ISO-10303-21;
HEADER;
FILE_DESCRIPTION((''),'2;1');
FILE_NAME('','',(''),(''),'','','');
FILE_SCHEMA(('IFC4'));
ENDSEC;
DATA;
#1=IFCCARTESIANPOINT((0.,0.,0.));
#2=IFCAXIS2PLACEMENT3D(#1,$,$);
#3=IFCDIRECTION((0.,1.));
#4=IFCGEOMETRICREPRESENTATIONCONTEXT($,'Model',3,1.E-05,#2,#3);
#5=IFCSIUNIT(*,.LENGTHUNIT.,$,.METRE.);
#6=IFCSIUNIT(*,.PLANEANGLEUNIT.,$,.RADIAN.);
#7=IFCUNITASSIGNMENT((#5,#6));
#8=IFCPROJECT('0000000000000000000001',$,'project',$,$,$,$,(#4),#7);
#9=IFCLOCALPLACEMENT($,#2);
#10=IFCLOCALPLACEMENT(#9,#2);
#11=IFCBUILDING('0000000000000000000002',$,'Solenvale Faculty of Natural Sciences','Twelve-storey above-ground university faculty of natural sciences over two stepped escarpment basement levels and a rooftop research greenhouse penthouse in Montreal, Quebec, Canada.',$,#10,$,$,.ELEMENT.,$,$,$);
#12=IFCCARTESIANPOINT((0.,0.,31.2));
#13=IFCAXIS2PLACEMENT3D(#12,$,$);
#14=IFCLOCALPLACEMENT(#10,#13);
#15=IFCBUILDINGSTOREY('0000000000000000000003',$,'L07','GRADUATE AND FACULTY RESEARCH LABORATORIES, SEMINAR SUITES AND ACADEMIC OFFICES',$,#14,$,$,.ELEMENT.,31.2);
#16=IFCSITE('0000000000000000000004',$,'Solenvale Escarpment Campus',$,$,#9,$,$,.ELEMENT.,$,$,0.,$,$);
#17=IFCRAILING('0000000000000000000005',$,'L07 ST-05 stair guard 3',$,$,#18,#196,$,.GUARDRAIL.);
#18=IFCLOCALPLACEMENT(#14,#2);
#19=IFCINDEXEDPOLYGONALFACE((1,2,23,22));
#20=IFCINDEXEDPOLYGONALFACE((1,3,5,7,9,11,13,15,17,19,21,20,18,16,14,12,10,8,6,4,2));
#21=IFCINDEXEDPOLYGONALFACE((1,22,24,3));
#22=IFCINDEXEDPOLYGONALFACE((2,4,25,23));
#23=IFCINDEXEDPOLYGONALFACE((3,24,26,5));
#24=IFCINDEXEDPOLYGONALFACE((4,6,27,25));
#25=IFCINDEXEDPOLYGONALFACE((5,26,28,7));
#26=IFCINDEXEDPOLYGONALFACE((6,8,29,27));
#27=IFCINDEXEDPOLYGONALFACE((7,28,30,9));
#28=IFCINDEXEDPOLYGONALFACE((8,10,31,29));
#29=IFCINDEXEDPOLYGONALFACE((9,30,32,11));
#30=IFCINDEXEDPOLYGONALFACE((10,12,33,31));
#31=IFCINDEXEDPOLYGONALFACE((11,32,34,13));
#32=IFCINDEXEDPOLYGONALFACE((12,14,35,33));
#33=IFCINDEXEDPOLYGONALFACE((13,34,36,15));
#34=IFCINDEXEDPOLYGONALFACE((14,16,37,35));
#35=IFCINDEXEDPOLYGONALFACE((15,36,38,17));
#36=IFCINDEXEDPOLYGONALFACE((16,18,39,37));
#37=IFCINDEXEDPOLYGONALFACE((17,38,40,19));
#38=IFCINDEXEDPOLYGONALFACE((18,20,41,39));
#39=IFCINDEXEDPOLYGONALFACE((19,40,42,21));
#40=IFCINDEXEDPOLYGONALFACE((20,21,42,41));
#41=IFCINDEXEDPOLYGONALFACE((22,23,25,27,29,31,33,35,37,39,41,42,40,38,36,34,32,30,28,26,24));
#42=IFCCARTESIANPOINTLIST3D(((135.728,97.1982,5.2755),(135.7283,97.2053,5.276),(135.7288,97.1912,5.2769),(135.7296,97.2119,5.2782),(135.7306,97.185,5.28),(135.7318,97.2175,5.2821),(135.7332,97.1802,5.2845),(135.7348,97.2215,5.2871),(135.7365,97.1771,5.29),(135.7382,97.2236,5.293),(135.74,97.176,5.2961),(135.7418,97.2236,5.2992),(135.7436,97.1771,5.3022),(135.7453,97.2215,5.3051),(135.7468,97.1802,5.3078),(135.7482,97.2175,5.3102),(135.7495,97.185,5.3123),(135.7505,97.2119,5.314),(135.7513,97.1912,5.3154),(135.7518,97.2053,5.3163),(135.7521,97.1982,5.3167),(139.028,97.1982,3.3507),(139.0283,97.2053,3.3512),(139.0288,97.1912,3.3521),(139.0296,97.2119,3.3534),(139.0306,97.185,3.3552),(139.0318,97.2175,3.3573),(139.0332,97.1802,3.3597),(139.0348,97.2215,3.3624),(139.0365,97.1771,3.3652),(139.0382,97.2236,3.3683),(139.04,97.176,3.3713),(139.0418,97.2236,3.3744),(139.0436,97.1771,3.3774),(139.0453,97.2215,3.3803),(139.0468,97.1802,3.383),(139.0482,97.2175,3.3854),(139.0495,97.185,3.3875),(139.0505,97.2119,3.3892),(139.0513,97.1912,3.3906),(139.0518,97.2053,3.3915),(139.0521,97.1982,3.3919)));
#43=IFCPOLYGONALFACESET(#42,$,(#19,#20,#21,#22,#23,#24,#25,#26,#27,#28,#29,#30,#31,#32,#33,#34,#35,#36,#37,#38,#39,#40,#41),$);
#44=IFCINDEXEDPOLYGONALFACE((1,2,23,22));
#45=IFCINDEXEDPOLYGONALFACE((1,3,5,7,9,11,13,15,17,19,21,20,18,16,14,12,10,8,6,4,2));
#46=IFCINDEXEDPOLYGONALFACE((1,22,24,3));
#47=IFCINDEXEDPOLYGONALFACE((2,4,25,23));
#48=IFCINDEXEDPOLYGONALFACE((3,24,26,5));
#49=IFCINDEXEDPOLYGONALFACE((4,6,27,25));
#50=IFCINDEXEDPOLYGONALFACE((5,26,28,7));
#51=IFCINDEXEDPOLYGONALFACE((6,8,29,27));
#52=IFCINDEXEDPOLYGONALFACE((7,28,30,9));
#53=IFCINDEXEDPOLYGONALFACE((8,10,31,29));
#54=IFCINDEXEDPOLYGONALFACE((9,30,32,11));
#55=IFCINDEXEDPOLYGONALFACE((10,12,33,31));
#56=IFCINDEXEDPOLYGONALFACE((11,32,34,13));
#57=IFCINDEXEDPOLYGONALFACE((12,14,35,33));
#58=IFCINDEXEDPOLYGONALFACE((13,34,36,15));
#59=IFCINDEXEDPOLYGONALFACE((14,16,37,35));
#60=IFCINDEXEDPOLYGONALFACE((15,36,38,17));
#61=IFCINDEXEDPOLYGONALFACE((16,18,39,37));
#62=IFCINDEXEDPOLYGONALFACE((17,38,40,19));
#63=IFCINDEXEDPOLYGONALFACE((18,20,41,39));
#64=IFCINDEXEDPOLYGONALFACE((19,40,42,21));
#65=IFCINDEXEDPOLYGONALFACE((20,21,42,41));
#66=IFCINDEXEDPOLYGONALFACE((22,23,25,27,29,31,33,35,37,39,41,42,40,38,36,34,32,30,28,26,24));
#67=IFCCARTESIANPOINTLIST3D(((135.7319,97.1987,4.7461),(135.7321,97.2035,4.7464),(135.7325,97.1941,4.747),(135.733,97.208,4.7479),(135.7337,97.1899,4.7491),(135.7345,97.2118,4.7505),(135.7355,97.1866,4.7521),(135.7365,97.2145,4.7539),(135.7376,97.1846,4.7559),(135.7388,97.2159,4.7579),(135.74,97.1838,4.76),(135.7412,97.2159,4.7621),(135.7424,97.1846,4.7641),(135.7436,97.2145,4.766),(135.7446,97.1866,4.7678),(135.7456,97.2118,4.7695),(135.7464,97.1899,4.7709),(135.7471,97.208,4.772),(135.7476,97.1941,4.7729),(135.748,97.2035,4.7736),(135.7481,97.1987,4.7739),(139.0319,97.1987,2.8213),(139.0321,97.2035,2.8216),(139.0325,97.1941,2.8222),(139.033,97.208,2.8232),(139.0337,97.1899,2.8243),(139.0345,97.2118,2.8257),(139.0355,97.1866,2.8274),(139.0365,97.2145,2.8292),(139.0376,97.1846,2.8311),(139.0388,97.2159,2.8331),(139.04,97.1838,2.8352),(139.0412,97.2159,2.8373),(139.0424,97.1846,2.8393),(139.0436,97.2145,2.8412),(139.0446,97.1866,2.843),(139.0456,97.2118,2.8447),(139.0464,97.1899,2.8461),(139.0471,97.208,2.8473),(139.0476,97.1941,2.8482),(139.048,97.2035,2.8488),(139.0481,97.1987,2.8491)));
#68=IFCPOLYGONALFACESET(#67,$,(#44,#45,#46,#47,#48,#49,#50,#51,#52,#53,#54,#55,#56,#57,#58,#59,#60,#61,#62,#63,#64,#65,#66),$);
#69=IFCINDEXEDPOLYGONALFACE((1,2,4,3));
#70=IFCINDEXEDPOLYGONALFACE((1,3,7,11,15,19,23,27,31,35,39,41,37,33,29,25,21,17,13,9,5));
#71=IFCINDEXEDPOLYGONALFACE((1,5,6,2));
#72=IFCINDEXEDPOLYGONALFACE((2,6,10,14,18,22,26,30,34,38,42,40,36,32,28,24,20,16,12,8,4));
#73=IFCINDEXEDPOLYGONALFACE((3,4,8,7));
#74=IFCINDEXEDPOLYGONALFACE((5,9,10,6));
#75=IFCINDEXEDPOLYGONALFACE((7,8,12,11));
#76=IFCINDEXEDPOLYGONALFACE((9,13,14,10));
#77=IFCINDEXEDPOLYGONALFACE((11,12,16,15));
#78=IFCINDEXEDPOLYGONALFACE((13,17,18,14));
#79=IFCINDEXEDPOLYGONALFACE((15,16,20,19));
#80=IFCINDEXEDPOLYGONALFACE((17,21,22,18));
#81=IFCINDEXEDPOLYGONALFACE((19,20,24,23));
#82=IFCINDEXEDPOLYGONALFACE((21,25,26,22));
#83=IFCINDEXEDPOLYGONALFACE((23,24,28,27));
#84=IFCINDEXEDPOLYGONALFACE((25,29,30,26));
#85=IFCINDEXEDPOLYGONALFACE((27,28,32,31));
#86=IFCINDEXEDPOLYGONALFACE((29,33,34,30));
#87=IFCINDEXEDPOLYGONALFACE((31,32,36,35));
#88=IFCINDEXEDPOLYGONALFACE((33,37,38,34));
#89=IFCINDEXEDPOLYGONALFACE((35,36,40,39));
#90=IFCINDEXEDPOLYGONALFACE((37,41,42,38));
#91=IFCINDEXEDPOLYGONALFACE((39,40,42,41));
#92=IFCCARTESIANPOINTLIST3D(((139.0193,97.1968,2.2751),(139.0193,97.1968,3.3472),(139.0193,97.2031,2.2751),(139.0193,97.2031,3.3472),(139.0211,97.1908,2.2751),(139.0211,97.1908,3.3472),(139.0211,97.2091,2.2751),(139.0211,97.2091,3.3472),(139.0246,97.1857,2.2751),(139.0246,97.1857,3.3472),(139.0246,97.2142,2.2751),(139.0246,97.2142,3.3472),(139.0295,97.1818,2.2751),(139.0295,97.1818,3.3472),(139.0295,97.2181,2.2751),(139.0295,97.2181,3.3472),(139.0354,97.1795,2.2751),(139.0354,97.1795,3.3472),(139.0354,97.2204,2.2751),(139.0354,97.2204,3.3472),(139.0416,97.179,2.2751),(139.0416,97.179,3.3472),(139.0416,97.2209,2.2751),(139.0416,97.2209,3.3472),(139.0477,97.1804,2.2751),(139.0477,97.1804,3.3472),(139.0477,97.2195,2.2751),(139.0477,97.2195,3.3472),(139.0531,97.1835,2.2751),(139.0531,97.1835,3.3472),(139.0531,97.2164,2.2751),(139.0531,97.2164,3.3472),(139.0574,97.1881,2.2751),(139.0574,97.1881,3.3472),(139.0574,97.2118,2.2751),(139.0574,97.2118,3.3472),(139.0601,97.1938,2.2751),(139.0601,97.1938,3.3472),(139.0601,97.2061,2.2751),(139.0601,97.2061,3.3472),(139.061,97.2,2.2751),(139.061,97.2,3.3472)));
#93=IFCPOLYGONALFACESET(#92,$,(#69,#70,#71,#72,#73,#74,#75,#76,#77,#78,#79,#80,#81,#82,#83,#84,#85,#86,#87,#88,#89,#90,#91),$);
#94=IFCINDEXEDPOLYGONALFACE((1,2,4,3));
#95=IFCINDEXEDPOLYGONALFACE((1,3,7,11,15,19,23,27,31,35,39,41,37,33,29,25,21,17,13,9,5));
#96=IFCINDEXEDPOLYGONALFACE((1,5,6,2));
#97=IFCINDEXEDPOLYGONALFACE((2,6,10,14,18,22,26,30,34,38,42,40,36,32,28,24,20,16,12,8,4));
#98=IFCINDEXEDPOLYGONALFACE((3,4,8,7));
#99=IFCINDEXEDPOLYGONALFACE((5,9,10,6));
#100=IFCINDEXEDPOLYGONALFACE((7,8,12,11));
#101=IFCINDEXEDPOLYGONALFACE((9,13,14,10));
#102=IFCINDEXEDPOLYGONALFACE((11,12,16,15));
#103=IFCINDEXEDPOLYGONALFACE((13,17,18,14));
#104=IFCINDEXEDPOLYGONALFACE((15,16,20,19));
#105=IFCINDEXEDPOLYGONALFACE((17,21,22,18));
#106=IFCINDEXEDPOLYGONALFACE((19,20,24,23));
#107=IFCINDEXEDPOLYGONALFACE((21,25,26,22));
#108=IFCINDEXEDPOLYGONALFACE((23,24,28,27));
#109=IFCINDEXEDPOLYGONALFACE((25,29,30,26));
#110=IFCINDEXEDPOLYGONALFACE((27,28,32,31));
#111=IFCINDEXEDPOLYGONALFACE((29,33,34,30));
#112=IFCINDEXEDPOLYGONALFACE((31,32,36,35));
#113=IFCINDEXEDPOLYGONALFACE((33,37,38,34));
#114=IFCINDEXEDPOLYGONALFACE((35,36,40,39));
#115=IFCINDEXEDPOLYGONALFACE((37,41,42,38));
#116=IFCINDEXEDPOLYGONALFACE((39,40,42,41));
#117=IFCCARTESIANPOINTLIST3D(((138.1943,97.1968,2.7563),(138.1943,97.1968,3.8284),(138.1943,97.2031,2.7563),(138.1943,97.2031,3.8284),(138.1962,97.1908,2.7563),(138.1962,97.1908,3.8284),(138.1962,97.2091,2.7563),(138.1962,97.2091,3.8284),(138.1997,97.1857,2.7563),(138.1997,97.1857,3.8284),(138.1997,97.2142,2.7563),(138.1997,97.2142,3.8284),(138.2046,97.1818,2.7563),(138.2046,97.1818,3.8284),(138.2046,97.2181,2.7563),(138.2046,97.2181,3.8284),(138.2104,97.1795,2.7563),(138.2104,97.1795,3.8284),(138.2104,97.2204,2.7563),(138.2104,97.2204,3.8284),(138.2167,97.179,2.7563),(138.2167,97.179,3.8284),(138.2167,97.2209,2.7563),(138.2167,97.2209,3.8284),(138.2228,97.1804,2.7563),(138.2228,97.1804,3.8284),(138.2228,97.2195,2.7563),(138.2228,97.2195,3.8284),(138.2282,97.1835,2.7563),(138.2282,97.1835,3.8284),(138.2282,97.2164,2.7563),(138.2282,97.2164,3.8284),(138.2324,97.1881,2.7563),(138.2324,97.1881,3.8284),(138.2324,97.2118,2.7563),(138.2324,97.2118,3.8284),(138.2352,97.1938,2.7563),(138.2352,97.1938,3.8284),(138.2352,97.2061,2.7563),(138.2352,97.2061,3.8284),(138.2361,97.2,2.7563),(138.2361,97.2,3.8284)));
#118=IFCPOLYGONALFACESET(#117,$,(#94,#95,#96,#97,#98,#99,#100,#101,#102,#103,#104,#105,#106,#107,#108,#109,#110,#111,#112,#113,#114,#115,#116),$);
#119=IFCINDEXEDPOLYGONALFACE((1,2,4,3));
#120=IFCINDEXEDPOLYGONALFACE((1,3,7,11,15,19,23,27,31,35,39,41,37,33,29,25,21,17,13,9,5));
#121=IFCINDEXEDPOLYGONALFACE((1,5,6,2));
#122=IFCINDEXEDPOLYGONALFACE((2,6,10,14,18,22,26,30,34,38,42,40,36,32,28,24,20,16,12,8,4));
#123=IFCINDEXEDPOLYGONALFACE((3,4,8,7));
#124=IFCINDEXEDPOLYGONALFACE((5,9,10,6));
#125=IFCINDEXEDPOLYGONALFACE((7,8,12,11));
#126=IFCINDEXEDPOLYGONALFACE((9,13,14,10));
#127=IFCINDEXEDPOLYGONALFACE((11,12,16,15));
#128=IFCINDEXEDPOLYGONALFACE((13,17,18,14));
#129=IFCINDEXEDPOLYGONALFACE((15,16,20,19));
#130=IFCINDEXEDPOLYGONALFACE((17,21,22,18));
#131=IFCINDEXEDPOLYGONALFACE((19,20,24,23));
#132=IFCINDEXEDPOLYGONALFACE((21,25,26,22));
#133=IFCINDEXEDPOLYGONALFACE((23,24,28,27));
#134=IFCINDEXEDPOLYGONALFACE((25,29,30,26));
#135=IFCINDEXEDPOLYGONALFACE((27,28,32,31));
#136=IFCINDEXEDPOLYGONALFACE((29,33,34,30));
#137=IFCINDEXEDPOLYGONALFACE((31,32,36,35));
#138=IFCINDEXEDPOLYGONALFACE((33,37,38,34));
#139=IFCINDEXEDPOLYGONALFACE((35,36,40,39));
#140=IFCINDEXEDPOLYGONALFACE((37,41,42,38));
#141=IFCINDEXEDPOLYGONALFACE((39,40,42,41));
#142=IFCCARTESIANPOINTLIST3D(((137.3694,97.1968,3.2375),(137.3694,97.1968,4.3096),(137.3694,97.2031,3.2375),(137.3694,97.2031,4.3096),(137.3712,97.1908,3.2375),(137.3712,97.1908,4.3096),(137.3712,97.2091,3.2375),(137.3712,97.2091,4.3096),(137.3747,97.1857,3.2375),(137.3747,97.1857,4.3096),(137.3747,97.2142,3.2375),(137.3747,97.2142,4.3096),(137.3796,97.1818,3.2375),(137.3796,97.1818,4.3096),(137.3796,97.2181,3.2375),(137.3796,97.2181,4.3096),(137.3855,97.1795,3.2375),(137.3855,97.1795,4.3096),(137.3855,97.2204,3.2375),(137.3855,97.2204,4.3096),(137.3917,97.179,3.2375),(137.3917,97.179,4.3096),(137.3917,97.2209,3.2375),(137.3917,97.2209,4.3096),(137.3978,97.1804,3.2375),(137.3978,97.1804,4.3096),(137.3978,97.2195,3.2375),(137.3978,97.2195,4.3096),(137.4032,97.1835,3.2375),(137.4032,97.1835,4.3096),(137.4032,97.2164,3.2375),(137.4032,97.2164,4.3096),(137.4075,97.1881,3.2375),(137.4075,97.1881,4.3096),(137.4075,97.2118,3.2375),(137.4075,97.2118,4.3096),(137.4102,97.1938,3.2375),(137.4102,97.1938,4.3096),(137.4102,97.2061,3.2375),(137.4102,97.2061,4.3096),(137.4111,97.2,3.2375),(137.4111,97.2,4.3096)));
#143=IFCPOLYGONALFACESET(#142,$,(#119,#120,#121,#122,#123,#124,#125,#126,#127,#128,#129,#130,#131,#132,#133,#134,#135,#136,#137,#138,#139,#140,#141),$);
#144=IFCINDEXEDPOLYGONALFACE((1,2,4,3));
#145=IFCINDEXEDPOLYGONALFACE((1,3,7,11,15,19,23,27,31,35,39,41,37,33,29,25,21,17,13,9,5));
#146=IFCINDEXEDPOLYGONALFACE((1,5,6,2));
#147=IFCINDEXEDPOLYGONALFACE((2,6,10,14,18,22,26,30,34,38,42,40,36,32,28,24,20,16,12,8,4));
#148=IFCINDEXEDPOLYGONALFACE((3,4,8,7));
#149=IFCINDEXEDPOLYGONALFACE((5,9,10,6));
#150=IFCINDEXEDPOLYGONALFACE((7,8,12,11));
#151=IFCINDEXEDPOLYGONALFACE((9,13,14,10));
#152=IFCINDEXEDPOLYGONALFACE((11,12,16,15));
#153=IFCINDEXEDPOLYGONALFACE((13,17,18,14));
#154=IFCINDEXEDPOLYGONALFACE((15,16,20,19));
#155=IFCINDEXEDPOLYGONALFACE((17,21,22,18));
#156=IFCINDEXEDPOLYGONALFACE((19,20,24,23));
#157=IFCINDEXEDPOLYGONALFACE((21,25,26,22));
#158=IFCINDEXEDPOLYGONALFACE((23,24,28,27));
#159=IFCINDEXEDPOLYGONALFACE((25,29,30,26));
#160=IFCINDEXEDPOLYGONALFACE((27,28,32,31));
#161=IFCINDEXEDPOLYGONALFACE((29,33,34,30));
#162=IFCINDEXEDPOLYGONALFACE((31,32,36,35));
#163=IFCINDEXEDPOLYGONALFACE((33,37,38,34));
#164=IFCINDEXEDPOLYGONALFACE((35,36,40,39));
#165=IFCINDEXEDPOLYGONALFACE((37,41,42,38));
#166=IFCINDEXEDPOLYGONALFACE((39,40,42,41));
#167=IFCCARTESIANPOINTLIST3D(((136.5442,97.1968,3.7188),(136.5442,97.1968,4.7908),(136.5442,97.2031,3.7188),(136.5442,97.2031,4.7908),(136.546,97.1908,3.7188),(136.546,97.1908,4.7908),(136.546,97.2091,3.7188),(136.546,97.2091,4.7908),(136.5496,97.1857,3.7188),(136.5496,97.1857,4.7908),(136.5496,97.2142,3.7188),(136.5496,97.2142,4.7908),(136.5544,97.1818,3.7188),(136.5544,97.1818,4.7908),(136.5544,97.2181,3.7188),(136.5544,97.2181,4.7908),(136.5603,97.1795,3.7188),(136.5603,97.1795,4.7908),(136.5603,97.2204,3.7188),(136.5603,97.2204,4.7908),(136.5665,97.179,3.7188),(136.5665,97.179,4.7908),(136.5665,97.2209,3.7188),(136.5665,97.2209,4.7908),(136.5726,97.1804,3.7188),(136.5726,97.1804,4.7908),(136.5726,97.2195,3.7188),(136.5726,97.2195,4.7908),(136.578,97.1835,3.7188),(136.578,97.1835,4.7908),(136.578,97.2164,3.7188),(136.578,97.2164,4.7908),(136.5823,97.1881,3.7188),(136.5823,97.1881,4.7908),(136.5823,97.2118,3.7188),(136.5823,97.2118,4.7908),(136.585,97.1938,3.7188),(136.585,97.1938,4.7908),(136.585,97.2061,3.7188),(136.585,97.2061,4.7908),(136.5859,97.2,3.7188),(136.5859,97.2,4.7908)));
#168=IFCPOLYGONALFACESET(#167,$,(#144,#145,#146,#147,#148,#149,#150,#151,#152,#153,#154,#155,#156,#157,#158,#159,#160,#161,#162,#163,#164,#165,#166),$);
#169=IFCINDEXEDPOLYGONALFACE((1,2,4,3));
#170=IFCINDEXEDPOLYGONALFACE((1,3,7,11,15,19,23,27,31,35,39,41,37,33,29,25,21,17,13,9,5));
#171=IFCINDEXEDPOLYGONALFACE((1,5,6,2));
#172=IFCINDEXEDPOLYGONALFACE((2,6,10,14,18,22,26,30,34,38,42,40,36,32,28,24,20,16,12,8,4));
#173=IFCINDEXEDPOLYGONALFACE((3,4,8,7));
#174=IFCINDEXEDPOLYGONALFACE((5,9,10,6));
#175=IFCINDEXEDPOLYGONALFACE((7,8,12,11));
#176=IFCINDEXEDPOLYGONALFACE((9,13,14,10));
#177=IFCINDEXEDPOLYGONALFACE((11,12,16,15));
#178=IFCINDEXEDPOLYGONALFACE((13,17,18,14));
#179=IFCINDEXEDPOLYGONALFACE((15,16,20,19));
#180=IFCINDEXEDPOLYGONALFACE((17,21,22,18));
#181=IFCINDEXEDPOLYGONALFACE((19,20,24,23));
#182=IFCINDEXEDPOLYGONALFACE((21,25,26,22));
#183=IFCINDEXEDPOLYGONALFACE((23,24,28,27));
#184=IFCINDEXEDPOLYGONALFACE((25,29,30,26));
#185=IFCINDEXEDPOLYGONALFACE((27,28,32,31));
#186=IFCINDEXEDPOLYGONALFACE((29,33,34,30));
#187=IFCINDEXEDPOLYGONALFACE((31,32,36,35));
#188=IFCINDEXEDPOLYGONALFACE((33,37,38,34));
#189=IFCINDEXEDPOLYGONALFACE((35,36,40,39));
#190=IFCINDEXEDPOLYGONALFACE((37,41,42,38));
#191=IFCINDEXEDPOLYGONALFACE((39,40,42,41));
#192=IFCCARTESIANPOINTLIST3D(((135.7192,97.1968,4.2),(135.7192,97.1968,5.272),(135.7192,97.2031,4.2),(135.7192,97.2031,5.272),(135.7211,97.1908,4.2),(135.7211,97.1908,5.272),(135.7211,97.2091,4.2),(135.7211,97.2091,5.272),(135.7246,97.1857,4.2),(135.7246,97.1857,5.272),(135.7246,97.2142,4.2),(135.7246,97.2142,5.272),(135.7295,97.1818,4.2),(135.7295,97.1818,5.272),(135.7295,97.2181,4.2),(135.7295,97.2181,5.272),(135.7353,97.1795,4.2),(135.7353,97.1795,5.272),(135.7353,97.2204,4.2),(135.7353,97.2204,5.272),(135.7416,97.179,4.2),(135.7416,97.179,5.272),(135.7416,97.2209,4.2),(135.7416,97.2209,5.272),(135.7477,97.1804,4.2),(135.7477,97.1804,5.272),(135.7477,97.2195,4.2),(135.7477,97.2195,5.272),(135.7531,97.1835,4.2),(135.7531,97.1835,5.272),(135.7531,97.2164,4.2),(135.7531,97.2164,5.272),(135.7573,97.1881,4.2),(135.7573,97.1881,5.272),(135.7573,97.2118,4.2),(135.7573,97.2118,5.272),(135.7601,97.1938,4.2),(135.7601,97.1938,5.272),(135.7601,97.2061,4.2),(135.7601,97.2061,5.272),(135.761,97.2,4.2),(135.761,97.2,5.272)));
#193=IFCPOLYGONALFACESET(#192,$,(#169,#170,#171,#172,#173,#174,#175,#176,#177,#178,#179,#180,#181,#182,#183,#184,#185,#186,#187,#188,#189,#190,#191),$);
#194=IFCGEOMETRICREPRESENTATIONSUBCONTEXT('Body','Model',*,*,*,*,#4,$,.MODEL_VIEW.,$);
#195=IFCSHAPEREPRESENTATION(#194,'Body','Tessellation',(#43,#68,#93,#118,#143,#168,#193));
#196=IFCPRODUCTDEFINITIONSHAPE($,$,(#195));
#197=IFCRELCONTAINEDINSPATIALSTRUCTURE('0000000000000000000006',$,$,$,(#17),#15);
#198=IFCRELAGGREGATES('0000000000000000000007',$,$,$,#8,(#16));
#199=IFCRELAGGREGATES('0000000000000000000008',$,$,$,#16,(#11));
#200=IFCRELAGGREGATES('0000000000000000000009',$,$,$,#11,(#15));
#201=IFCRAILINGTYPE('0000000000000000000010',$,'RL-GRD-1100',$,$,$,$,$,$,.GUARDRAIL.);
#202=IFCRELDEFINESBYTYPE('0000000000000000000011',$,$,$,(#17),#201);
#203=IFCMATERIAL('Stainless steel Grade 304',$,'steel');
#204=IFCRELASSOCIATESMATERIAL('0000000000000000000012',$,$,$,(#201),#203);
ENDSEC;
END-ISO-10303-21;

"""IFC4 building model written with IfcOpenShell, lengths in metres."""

from ifc_helpers import new_model, si_unit, direction, frame, origin, origin_2d, place, context, subcontext, project, spatial, circle, extrude, material, type_object, element, save


model = new_model("IFC4")

# Units and contexts
model_context = context("Model", 3, precision=1e-05, world=origin(), true_north=direction((0.0, 1.0)))
body_context = subcontext(model_context, "Body", "Model", "MODEL_VIEW")
ifc_project = project(units=[si_unit("LENGTHUNIT", "METRE"), si_unit("PLANEANGLEUNIT", "RADIAN")], contexts=[model_context])

# Site, building, storey
site_placement = place(None, origin())
site = spatial("IfcSite", under=ifc_project, at=site_placement, Name="Solenvale Escarpment Campus", CompositionType="ELEMENT", RefElevation=0.0)
building_placement = place(site_placement, origin())
building = spatial("IfcBuilding", under=site, at=building_placement, Name="Solenvale Faculty of Natural Sciences", Description="Twelve-storey above-ground university faculty of natural sciences over two stepped escarpment basement levels and a rooftop research greenhouse penthouse in Montreal, Quebec, Canada.", CompositionType="ELEMENT")
storey_placement = place(building_placement, frame((0.0, 0.0, 31.2)))
storey = spatial("IfcBuildingStorey", under=building, at=storey_placement, Name="L07", Description="GRADUATE AND FACULTY RESEARCH LABORATORIES, SEMINAR SUITES AND ACADEMIC OFFICES", CompositionType="ELEMENT", Elevation=31.2)

# Railing
ifc_material_1 = material(Name="Stainless steel Grade 304", Category="steel")
railing_type_1 = type_object("IfcRailingType", Name="RL-GRD-1100", PredefinedType="GUARDRAIL", material=ifc_material_1)
railing_1_placement = place(storey_placement, frame((139.04, 97.2, 2.2751)))
element("IfcRailing", 1, at=railing_1_placement, inside=storey, type_object=railing_type_1, Name="L07 ST-05 stair guard 3", PredefinedType="GUARDRAIL", context=body_context, shape_type="SweptSolid", body=[
    extrude(circle(Radius=0.0239, at=origin_2d()), frame((0.0, 0.0, 1.0962), z_axis=(-0.863804, 0.0, 0.503827), x_axis=(0.0, -1.0, 0.0)), (0.0, 0.0, 1.0), 3.8203),
    extrude(circle(Radius=0.0161, at=origin_2d()), frame((0.0, 0.0, 0.5601), z_axis=(-0.863804, 0.0, 0.503827), x_axis=(0.0, -1.0, 0.0)), (0.0, 0.0, 1.0), 3.8203),
    extrude(circle(Radius=0.021, at=origin_2d()), origin(), (0.0, 0.0, 1.0), 1.072),
    extrude(circle(Radius=0.021, at=origin_2d()), frame((-0.825, 0.0, 0.4812)), (0.0, 0.0, 1.0), 1.072),
    extrude(circle(Radius=0.021, at=origin_2d()), frame((-1.6499, 0.0, 0.9624)), (0.0, 0.0, 1.0), 1.072),
    extrude(circle(Radius=0.021, at=origin_2d()), frame((-2.4751, 0.0, 1.4436)), (0.0, 0.0, 1.0), 1.072),
    extrude(circle(Radius=0.021, at=origin_2d()), frame((-3.3, 0.0, 1.9248)), (0.0, 0.0, 1.0), 1.072),
])

save(model, "model.ifc")
